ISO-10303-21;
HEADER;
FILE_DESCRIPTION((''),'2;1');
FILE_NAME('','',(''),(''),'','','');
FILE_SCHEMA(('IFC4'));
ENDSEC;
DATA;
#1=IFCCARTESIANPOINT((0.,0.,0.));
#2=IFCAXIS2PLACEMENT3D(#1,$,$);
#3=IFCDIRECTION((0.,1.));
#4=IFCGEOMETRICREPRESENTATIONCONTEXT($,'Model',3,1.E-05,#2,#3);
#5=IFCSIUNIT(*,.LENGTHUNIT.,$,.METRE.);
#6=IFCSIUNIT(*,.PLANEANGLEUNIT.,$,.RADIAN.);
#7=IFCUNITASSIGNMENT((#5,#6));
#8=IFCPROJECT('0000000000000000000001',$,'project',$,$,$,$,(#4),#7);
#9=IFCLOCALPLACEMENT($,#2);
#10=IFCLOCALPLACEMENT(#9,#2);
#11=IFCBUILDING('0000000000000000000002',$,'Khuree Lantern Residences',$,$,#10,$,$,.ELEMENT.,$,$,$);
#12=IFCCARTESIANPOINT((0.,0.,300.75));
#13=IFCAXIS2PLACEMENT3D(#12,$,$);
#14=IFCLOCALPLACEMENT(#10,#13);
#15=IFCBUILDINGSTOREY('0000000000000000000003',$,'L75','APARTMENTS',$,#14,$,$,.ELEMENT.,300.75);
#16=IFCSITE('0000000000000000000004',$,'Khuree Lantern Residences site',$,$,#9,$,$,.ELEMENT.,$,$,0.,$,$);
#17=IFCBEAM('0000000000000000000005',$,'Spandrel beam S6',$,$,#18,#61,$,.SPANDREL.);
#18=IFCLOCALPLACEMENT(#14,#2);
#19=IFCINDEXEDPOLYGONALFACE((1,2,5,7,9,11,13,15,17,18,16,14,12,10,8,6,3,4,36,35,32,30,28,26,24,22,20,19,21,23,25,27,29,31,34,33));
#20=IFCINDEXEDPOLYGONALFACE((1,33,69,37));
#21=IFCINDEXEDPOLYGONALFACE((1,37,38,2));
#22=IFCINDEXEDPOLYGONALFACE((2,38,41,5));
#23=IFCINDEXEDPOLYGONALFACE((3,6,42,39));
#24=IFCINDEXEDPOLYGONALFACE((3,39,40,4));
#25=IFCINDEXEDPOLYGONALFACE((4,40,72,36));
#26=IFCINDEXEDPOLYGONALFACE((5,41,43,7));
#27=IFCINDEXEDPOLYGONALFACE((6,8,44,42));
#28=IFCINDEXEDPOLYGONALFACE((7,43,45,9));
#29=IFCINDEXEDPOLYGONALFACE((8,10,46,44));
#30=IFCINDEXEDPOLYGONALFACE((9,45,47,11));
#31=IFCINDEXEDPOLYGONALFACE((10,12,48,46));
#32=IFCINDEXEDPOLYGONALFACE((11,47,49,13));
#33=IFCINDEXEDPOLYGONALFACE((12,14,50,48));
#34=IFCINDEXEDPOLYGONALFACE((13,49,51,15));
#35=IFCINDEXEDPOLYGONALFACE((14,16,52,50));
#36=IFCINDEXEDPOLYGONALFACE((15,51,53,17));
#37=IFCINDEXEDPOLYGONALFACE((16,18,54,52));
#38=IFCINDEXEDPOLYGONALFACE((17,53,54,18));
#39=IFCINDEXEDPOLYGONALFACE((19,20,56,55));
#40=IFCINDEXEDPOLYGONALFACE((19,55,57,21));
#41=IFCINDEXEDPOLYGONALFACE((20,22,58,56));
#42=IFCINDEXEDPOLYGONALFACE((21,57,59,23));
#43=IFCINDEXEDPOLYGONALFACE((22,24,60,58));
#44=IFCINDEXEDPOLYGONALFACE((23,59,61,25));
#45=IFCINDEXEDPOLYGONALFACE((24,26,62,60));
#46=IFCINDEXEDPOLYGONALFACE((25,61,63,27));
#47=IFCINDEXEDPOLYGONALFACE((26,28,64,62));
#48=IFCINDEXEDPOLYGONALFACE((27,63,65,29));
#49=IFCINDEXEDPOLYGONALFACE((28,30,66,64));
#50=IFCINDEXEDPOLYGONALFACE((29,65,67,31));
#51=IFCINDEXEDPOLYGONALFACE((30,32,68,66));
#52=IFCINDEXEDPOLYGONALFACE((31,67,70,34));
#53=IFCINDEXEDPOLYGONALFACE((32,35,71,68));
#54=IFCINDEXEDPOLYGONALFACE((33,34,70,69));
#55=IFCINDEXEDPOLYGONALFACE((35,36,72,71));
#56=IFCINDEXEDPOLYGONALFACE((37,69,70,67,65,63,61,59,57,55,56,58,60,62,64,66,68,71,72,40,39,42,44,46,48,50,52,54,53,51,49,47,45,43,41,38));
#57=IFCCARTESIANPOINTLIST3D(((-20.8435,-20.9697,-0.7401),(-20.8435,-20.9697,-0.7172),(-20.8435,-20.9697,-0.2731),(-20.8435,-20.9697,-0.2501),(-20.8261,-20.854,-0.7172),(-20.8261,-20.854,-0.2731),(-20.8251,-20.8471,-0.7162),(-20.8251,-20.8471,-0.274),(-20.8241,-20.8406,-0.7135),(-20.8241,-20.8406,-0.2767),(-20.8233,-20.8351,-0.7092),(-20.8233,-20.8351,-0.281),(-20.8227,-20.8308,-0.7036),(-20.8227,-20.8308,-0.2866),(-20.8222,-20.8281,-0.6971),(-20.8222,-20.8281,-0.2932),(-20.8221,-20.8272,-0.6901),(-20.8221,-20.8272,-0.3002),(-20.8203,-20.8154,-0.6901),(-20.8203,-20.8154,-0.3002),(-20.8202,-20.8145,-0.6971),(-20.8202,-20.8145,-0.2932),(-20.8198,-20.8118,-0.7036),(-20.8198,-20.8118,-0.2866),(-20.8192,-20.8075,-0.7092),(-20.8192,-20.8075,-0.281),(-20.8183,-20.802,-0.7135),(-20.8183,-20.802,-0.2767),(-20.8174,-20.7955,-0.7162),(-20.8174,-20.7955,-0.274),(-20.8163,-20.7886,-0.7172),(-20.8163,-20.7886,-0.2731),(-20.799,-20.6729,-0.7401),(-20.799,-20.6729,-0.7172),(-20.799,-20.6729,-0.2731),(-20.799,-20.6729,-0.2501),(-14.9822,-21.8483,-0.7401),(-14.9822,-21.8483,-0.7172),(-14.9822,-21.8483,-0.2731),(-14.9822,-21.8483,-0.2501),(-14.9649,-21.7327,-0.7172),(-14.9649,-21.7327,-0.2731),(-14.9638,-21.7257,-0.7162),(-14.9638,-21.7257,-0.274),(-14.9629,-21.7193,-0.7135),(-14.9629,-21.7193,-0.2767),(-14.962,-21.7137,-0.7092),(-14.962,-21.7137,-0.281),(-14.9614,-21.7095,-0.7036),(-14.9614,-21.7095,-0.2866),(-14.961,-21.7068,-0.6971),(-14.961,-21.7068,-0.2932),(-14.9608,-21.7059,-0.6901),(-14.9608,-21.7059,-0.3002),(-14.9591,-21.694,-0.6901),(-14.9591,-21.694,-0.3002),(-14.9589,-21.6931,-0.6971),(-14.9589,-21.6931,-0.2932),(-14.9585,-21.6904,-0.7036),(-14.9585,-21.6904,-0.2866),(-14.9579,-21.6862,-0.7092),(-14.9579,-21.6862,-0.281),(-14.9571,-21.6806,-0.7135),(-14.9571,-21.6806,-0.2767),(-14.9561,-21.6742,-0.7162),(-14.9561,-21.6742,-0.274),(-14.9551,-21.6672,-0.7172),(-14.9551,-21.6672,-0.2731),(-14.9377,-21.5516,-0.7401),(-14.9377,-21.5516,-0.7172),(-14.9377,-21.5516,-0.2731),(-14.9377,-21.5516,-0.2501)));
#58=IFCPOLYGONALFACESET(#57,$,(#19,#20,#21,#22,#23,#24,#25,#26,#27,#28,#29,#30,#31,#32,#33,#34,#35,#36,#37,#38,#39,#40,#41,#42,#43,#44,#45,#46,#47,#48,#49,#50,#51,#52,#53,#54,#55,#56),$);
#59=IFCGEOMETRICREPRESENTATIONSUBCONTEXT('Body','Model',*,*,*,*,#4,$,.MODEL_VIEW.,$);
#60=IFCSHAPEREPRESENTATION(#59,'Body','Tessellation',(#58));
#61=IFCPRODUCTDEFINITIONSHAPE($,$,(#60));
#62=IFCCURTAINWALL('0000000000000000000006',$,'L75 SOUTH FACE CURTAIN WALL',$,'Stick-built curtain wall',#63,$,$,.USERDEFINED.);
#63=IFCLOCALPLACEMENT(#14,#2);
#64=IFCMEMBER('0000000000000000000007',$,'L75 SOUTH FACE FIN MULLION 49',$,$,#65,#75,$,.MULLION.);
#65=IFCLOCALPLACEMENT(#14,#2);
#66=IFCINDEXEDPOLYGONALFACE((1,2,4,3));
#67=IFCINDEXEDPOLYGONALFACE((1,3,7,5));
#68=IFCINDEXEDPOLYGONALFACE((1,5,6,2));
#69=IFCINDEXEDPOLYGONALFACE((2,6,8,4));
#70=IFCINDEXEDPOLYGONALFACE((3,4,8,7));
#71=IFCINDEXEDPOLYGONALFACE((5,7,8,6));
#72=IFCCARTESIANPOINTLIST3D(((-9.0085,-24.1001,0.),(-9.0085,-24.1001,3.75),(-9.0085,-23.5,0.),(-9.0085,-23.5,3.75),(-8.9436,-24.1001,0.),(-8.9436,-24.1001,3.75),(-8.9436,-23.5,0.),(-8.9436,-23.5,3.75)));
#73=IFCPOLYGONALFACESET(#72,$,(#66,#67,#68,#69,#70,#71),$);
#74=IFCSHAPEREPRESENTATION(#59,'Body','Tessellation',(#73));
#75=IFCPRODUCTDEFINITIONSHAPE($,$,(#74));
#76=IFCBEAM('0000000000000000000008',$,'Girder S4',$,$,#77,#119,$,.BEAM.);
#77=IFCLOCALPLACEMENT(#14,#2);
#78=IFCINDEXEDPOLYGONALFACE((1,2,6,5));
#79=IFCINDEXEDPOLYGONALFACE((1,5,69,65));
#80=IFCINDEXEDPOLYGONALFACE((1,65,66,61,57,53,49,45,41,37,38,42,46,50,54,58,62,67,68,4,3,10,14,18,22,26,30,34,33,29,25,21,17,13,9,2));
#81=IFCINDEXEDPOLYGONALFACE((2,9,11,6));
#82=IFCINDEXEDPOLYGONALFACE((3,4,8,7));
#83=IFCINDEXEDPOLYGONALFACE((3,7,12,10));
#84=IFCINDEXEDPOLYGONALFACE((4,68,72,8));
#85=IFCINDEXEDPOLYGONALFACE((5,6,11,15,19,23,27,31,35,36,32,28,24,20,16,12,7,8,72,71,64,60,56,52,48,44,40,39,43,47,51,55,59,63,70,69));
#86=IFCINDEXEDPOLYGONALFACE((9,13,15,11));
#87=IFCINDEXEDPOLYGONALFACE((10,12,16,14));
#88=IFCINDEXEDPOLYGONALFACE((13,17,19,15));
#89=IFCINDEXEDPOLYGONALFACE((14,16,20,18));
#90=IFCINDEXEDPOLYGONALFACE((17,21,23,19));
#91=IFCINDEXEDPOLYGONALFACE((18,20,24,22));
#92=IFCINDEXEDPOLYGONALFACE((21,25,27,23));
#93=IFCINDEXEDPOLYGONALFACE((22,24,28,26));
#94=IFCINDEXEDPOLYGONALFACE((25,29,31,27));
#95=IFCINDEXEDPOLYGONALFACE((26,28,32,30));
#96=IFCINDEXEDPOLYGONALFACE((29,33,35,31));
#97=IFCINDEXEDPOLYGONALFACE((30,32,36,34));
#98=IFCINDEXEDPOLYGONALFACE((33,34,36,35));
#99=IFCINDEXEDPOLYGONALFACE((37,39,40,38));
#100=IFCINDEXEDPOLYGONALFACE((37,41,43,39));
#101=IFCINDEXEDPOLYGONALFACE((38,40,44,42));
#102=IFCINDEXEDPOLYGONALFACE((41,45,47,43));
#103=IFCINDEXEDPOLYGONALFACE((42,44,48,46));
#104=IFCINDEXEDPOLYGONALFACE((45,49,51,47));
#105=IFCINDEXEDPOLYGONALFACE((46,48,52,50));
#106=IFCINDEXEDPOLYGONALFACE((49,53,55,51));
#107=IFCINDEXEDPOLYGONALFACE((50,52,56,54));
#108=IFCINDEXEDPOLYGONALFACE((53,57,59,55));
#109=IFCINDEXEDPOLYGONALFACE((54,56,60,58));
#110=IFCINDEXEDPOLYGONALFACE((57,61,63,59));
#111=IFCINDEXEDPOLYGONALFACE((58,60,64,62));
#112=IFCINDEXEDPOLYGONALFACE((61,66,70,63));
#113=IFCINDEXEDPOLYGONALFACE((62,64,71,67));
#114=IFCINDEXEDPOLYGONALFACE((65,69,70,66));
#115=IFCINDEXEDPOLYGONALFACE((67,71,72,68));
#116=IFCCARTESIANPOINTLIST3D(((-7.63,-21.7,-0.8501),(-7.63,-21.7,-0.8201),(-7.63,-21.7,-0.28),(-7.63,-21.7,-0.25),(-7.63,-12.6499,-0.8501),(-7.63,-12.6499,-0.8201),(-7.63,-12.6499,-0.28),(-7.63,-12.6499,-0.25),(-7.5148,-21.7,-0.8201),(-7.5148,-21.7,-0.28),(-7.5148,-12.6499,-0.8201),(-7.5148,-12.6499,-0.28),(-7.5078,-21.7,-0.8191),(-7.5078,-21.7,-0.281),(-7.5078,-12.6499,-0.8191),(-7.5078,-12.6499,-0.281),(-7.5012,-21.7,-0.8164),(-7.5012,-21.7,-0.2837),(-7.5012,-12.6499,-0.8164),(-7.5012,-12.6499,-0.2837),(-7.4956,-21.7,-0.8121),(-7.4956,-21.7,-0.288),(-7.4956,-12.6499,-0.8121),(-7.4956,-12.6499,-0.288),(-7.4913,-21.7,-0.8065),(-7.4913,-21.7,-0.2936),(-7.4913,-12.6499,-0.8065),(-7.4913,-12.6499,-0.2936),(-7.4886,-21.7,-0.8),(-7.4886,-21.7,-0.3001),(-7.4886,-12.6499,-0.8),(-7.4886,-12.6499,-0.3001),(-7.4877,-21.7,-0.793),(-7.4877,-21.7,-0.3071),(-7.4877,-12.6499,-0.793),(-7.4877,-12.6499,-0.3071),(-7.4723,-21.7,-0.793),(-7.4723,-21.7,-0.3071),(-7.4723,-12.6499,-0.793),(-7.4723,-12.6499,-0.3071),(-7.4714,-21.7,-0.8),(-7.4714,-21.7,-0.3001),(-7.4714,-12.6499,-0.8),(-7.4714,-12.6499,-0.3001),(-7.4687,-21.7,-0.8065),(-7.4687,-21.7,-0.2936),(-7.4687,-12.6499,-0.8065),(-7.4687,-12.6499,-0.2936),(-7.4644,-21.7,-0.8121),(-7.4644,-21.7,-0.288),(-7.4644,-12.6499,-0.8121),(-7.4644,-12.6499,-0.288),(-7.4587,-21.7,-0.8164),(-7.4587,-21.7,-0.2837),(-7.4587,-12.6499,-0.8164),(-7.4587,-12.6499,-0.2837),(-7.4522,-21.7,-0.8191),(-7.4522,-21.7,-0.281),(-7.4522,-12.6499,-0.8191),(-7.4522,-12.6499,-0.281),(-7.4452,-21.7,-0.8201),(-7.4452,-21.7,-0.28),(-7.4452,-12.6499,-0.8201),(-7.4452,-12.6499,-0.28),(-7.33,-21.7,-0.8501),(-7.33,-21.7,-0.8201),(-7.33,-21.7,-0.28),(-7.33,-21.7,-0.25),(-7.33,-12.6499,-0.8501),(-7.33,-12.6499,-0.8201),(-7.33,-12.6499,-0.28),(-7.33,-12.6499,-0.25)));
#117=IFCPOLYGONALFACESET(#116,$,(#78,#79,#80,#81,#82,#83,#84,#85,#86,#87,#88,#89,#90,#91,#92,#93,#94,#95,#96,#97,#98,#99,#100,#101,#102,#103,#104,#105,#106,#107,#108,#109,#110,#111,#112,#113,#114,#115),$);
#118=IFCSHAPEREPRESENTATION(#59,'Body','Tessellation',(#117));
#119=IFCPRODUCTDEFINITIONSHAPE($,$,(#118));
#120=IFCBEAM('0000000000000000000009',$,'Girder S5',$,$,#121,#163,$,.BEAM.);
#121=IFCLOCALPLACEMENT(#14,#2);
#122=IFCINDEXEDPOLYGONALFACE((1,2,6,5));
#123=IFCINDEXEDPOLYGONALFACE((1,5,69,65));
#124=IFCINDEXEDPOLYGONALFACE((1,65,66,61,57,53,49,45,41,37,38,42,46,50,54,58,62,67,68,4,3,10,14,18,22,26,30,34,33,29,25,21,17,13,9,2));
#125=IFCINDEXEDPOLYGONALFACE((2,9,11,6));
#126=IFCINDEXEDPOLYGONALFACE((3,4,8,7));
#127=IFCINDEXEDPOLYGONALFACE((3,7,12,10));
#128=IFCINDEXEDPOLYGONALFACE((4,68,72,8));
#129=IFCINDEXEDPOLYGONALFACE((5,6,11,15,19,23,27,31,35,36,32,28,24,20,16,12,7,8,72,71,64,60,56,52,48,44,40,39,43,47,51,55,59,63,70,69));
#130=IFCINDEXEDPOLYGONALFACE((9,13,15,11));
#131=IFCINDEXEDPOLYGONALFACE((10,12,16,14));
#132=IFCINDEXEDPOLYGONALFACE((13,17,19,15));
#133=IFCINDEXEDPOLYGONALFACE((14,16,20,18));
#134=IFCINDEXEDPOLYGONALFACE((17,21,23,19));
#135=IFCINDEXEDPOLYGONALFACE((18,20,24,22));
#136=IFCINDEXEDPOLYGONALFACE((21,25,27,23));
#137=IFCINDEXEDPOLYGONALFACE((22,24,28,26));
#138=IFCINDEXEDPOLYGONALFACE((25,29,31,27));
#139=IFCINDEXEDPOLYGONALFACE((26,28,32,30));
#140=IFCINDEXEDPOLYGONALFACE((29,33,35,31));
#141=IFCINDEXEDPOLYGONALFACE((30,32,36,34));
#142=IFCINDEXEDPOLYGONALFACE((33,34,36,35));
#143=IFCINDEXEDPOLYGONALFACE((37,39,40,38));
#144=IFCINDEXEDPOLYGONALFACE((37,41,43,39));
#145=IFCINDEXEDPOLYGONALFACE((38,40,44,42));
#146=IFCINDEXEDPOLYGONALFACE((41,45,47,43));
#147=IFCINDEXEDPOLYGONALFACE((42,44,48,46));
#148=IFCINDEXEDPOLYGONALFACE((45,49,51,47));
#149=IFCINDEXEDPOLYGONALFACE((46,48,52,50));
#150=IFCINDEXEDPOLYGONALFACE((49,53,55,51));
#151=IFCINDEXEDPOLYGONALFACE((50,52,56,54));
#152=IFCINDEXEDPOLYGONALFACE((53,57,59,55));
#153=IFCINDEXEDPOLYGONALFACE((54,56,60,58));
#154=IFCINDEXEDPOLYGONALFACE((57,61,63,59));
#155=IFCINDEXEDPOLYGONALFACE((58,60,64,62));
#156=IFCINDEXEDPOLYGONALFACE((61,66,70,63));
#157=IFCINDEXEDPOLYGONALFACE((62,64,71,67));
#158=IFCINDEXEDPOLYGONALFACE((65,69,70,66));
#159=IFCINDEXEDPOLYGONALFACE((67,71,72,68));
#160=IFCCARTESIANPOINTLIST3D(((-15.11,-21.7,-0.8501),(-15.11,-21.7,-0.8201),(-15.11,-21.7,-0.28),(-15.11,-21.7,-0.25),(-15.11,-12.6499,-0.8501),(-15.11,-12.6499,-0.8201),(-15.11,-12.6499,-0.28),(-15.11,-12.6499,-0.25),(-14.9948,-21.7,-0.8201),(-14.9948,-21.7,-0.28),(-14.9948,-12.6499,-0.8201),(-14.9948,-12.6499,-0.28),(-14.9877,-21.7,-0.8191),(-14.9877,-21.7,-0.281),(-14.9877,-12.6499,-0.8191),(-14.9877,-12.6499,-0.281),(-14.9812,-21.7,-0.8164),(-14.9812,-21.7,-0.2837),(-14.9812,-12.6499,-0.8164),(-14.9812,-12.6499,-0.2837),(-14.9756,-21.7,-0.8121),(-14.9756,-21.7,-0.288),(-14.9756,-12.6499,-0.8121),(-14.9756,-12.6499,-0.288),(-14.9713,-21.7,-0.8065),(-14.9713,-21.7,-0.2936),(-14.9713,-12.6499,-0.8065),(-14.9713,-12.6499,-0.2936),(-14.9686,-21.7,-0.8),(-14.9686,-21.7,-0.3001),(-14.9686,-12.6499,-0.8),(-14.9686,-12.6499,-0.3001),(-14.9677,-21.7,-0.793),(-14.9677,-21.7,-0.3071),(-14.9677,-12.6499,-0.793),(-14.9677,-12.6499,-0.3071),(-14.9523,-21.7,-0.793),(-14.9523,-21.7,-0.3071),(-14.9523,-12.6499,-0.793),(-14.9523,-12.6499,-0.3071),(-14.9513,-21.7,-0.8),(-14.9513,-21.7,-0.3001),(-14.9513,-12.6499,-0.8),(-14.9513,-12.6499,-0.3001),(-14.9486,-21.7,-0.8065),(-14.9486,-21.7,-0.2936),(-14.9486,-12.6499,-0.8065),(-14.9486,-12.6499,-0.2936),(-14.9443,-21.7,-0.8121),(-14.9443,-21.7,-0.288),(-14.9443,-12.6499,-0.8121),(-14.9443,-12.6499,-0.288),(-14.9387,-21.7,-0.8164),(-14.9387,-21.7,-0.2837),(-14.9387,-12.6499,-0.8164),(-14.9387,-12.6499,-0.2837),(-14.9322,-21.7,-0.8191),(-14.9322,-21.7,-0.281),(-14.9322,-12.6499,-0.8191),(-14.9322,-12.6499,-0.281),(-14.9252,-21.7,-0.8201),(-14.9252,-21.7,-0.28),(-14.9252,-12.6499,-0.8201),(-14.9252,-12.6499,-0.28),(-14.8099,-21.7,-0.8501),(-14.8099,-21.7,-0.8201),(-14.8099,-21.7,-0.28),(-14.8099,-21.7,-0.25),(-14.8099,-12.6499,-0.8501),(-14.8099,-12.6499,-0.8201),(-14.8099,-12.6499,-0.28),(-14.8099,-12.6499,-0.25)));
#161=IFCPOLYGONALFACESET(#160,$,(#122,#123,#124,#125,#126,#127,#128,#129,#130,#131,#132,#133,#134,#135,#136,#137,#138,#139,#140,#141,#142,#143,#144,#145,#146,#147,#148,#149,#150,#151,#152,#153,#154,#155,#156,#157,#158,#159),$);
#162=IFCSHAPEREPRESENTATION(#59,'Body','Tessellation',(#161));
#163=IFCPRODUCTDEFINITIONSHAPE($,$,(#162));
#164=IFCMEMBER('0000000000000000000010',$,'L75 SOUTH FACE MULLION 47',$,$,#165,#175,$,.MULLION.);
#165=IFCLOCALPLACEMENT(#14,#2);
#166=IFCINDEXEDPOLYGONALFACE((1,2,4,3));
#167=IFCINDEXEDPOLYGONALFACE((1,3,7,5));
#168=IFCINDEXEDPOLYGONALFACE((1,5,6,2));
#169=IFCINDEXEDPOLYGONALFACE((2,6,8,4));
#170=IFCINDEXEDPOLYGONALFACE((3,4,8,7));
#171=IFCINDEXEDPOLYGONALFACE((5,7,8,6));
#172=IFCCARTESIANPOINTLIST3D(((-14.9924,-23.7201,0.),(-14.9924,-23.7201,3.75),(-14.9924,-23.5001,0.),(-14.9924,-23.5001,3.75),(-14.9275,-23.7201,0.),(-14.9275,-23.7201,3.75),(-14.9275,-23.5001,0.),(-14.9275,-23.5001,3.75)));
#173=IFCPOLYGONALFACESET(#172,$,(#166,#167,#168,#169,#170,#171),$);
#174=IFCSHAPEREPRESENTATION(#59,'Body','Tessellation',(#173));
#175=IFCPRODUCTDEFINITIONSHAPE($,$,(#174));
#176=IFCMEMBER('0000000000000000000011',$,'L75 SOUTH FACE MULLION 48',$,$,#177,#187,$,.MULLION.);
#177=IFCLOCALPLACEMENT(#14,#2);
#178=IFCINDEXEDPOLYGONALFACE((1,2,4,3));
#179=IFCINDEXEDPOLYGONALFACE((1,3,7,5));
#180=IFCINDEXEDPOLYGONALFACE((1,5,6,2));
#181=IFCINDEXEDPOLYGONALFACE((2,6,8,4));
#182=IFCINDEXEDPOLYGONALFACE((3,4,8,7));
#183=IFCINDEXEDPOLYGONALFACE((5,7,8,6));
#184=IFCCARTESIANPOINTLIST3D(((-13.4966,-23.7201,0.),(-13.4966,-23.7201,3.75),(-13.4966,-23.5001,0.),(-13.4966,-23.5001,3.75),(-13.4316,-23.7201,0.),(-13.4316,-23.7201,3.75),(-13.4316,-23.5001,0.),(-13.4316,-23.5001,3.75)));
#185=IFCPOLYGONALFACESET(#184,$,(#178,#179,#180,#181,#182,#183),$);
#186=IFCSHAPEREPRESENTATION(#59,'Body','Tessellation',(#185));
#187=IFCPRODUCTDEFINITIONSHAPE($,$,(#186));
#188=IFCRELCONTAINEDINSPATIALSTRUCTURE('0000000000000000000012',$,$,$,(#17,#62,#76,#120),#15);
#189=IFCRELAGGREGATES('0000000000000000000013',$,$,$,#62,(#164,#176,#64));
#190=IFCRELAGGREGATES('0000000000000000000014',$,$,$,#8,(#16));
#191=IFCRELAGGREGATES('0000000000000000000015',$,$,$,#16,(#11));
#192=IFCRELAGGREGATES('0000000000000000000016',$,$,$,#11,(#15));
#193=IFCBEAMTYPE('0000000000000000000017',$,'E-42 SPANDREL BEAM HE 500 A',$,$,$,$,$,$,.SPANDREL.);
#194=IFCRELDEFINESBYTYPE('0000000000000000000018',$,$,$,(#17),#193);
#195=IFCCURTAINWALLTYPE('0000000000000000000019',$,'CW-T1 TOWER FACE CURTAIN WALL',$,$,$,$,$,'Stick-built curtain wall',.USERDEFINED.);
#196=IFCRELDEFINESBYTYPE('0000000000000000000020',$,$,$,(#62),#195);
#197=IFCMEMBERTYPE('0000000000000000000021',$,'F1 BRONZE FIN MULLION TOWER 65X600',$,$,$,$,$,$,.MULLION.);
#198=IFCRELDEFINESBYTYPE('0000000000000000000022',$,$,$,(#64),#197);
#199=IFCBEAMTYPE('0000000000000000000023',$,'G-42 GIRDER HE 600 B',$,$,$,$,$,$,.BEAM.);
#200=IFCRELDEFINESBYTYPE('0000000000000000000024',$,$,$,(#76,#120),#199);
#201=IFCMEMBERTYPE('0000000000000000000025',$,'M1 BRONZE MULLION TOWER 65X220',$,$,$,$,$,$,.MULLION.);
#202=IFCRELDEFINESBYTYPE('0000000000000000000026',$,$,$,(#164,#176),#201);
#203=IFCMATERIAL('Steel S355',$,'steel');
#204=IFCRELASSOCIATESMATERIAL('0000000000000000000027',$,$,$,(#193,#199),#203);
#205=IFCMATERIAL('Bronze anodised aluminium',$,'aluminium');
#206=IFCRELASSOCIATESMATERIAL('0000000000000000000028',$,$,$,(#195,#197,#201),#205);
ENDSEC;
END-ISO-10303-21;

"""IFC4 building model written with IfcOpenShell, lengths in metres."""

from ifc_helpers import new_model, si_unit, direction, frame, origin, origin_2d, place, context, subcontext, project, spatial, rectangle, i_section, extrude, material, material_profile, profile_set, type_object, element, aggregate, save


model = new_model("IFC4")

# Units and contexts
model_context = context("Model", 3, precision=1e-05, world=origin(), true_north=direction((0.0, 1.0)))
body_context = subcontext(model_context, "Body", "Model", "MODEL_VIEW")
ifc_project = project(units=[si_unit("LENGTHUNIT", "METRE"), si_unit("PLANEANGLEUNIT", "RADIAN")], contexts=[model_context])

# Site, building, storey
site_placement = place(None, origin())
site = spatial("IfcSite", under=ifc_project, at=site_placement, Name="Khuree Lantern Residences site", CompositionType="ELEMENT", RefElevation=0.0)
building_placement = place(site_placement, origin())
building = spatial("IfcBuilding", under=site, at=building_placement, Name="Khuree Lantern Residences", CompositionType="ELEMENT")
storey_placement = place(building_placement, frame((0.0, 0.0, 300.75)))
storey = spatial("IfcBuildingStorey", under=building, at=storey_placement, Name="L75", Description="APARTMENTS", CompositionType="ELEMENT", Elevation=300.75)

# Beam
ifc_material_1 = material(Name="Steel S355", Category="steel")
ifc_material_profile_1 = material_profile(ifc_material_1, i_section(OverallWidth=0.3, OverallDepth=0.49, WebThickness=0.012, FlangeThickness=0.0229, FilletRadius=0.0271, at=origin_2d()), Name="HE 500 A")
ifc_profile_set_1 = profile_set([ifc_material_profile_1], Name="Steel S355")
beam_type_1 = type_object("IfcBeamType", Name="E-42 SPANDREL BEAM HE 500 A", PredefinedType="SPANDREL", material=ifc_profile_set_1)
beam_1_placement = place(storey_placement, frame((-14.96, -21.7, -0.4951), z_axis=(-0.98895, 0.148252, 0.0), x_axis=(-0.148252, -0.98895, 0.0)))
element("IfcBeam", 1, at=beam_1_placement, inside=storey, type_object=beam_type_1, Name="Spandrel beam S6", PredefinedType="SPANDREL", context=body_context, shape_type="SweptSolid", body=[
    extrude(i_section(OverallWidth=0.3, OverallDepth=0.49, WebThickness=0.012, FlangeThickness=0.0229, FilletRadius=0.0271, at=origin_2d()), origin(), (0.0, 0.0, 1.0), 5.9268),
])

# Curtain wall, member
ifc_material_2 = material(Name="Bronze anodised aluminium", Category="aluminium")
curtain_wall_type = type_object("IfcCurtainWallType", Name="CW-T1 TOWER FACE CURTAIN WALL", ElementType="Stick-built curtain wall", PredefinedType="USERDEFINED", material=ifc_material_2)
curtain_wall_placement = place(storey_placement, origin())
curtain_wall = element("IfcCurtainWall", 2, at=curtain_wall_placement, inside=storey, type_object=curtain_wall_type, Name="L75 SOUTH FACE CURTAIN WALL", ObjectType="Stick-built curtain wall", PredefinedType="USERDEFINED")
ifc_material_profile_2 = material_profile(ifc_material_2, rectangle(XDim=0.0649, YDim=0.6001, at=origin_2d()), Name="F1 65X600")
ifc_profile_set_2 = profile_set([ifc_material_profile_2], Name="Bronze anodised aluminium")
member_type_1 = type_object("IfcMemberType", Name="F1 BRONZE FIN MULLION TOWER 65X600", PredefinedType="MULLION", material=ifc_profile_set_2)
member_1_placement = place(storey_placement, frame((-8.9761, -23.8, 0.0), z_axis=(0.0, 0.0, 1.0), x_axis=(1.0, 0.0, 0.0)))
member_1 = element("IfcMember", 3, at=member_1_placement, type_object=member_type_1, Name="L75 SOUTH FACE FIN MULLION 49", PredefinedType="MULLION", context=body_context, shape_type="SweptSolid", body=[
    extrude(rectangle(XDim=0.0649, YDim=0.6001, at=origin_2d()), origin(), (0.0, 0.0, 1.0), 3.75),
])

# Beams
ifc_material_profile_3 = material_profile(ifc_material_1, i_section(OverallWidth=0.3, OverallDepth=0.6001, WebThickness=0.0154, FlangeThickness=0.03, FilletRadius=0.0271, at=origin_2d()), Name="HE 600 B")
ifc_profile_set_3 = profile_set([ifc_material_profile_3], Name="Steel S355")
beam_type_2 = type_object("IfcBeamType", Name="G-42 GIRDER HE 600 B", PredefinedType="BEAM", material=ifc_profile_set_3)
for number, where, z_axis, x_axis, name in (
    (4, (-7.48, -21.7, -0.55), (0.0, 1.0, 0.0), (-1.0, 0.0, 0.0), "Girder S4"),
    (5, (-14.96, -21.7, -0.55), (0.0, 1.0, 0.0), (-1.0, 0.0, 0.0), "Girder S5"),
):
    element("IfcBeam", number, at=place(storey_placement, frame(where, z_axis=z_axis, x_axis=x_axis)), inside=storey, type_object=beam_type_2, Name=name, PredefinedType="BEAM", context=body_context, shape_type="SweptSolid", body=[
        extrude(i_section(OverallWidth=0.3, OverallDepth=0.6001, WebThickness=0.0154, FlangeThickness=0.03, FilletRadius=0.0271, at=origin_2d()), origin(), (0.0, 0.0, 1.0), 9.05),
    ])

# Members
ifc_material_profile_4 = material_profile(ifc_material_2, rectangle(XDim=0.0649, YDim=0.22, at=origin_2d()), Name="M1 65X220")
ifc_profile_set_4 = profile_set([ifc_material_profile_4], Name="Bronze anodised aluminium")
member_type_2 = type_object("IfcMemberType", Name="M1 BRONZE MULLION TOWER 65X220", PredefinedType="MULLION", material=ifc_profile_set_4)
member_2_placement = place(storey_placement, frame((-14.96, -23.6101, 0.0), z_axis=(0.0, 0.0, 1.0), x_axis=(1.0, 0.0, 0.0)))
member_2 = element("IfcMember", 6, at=member_2_placement, type_object=member_type_2, Name="L75 SOUTH FACE MULLION 47", PredefinedType="MULLION", context=body_context, shape_type="SweptSolid", body=[
    extrude(rectangle(XDim=0.0649, YDim=0.22, at=origin_2d()), origin(), (0.0, 0.0, 1.0), 3.75),
])
member_3_placement = place(storey_placement, frame((-13.4641, -23.6101, 0.0), z_axis=(0.0, 0.0, 1.0), x_axis=(1.0, 0.0, 0.0)))
member_3 = element("IfcMember", 7, at=member_3_placement, type_object=member_type_2, Name="L75 SOUTH FACE MULLION 48", PredefinedType="MULLION", context=body_context, shape_type="SweptSolid", body=[
    extrude(rectangle(XDim=0.0649, YDim=0.22, at=origin_2d()), origin(), (0.0, 0.0, 1.0), 3.75),
])

aggregate(curtain_wall, [member_2, member_3, member_1])

save(model, "model.ifc")
